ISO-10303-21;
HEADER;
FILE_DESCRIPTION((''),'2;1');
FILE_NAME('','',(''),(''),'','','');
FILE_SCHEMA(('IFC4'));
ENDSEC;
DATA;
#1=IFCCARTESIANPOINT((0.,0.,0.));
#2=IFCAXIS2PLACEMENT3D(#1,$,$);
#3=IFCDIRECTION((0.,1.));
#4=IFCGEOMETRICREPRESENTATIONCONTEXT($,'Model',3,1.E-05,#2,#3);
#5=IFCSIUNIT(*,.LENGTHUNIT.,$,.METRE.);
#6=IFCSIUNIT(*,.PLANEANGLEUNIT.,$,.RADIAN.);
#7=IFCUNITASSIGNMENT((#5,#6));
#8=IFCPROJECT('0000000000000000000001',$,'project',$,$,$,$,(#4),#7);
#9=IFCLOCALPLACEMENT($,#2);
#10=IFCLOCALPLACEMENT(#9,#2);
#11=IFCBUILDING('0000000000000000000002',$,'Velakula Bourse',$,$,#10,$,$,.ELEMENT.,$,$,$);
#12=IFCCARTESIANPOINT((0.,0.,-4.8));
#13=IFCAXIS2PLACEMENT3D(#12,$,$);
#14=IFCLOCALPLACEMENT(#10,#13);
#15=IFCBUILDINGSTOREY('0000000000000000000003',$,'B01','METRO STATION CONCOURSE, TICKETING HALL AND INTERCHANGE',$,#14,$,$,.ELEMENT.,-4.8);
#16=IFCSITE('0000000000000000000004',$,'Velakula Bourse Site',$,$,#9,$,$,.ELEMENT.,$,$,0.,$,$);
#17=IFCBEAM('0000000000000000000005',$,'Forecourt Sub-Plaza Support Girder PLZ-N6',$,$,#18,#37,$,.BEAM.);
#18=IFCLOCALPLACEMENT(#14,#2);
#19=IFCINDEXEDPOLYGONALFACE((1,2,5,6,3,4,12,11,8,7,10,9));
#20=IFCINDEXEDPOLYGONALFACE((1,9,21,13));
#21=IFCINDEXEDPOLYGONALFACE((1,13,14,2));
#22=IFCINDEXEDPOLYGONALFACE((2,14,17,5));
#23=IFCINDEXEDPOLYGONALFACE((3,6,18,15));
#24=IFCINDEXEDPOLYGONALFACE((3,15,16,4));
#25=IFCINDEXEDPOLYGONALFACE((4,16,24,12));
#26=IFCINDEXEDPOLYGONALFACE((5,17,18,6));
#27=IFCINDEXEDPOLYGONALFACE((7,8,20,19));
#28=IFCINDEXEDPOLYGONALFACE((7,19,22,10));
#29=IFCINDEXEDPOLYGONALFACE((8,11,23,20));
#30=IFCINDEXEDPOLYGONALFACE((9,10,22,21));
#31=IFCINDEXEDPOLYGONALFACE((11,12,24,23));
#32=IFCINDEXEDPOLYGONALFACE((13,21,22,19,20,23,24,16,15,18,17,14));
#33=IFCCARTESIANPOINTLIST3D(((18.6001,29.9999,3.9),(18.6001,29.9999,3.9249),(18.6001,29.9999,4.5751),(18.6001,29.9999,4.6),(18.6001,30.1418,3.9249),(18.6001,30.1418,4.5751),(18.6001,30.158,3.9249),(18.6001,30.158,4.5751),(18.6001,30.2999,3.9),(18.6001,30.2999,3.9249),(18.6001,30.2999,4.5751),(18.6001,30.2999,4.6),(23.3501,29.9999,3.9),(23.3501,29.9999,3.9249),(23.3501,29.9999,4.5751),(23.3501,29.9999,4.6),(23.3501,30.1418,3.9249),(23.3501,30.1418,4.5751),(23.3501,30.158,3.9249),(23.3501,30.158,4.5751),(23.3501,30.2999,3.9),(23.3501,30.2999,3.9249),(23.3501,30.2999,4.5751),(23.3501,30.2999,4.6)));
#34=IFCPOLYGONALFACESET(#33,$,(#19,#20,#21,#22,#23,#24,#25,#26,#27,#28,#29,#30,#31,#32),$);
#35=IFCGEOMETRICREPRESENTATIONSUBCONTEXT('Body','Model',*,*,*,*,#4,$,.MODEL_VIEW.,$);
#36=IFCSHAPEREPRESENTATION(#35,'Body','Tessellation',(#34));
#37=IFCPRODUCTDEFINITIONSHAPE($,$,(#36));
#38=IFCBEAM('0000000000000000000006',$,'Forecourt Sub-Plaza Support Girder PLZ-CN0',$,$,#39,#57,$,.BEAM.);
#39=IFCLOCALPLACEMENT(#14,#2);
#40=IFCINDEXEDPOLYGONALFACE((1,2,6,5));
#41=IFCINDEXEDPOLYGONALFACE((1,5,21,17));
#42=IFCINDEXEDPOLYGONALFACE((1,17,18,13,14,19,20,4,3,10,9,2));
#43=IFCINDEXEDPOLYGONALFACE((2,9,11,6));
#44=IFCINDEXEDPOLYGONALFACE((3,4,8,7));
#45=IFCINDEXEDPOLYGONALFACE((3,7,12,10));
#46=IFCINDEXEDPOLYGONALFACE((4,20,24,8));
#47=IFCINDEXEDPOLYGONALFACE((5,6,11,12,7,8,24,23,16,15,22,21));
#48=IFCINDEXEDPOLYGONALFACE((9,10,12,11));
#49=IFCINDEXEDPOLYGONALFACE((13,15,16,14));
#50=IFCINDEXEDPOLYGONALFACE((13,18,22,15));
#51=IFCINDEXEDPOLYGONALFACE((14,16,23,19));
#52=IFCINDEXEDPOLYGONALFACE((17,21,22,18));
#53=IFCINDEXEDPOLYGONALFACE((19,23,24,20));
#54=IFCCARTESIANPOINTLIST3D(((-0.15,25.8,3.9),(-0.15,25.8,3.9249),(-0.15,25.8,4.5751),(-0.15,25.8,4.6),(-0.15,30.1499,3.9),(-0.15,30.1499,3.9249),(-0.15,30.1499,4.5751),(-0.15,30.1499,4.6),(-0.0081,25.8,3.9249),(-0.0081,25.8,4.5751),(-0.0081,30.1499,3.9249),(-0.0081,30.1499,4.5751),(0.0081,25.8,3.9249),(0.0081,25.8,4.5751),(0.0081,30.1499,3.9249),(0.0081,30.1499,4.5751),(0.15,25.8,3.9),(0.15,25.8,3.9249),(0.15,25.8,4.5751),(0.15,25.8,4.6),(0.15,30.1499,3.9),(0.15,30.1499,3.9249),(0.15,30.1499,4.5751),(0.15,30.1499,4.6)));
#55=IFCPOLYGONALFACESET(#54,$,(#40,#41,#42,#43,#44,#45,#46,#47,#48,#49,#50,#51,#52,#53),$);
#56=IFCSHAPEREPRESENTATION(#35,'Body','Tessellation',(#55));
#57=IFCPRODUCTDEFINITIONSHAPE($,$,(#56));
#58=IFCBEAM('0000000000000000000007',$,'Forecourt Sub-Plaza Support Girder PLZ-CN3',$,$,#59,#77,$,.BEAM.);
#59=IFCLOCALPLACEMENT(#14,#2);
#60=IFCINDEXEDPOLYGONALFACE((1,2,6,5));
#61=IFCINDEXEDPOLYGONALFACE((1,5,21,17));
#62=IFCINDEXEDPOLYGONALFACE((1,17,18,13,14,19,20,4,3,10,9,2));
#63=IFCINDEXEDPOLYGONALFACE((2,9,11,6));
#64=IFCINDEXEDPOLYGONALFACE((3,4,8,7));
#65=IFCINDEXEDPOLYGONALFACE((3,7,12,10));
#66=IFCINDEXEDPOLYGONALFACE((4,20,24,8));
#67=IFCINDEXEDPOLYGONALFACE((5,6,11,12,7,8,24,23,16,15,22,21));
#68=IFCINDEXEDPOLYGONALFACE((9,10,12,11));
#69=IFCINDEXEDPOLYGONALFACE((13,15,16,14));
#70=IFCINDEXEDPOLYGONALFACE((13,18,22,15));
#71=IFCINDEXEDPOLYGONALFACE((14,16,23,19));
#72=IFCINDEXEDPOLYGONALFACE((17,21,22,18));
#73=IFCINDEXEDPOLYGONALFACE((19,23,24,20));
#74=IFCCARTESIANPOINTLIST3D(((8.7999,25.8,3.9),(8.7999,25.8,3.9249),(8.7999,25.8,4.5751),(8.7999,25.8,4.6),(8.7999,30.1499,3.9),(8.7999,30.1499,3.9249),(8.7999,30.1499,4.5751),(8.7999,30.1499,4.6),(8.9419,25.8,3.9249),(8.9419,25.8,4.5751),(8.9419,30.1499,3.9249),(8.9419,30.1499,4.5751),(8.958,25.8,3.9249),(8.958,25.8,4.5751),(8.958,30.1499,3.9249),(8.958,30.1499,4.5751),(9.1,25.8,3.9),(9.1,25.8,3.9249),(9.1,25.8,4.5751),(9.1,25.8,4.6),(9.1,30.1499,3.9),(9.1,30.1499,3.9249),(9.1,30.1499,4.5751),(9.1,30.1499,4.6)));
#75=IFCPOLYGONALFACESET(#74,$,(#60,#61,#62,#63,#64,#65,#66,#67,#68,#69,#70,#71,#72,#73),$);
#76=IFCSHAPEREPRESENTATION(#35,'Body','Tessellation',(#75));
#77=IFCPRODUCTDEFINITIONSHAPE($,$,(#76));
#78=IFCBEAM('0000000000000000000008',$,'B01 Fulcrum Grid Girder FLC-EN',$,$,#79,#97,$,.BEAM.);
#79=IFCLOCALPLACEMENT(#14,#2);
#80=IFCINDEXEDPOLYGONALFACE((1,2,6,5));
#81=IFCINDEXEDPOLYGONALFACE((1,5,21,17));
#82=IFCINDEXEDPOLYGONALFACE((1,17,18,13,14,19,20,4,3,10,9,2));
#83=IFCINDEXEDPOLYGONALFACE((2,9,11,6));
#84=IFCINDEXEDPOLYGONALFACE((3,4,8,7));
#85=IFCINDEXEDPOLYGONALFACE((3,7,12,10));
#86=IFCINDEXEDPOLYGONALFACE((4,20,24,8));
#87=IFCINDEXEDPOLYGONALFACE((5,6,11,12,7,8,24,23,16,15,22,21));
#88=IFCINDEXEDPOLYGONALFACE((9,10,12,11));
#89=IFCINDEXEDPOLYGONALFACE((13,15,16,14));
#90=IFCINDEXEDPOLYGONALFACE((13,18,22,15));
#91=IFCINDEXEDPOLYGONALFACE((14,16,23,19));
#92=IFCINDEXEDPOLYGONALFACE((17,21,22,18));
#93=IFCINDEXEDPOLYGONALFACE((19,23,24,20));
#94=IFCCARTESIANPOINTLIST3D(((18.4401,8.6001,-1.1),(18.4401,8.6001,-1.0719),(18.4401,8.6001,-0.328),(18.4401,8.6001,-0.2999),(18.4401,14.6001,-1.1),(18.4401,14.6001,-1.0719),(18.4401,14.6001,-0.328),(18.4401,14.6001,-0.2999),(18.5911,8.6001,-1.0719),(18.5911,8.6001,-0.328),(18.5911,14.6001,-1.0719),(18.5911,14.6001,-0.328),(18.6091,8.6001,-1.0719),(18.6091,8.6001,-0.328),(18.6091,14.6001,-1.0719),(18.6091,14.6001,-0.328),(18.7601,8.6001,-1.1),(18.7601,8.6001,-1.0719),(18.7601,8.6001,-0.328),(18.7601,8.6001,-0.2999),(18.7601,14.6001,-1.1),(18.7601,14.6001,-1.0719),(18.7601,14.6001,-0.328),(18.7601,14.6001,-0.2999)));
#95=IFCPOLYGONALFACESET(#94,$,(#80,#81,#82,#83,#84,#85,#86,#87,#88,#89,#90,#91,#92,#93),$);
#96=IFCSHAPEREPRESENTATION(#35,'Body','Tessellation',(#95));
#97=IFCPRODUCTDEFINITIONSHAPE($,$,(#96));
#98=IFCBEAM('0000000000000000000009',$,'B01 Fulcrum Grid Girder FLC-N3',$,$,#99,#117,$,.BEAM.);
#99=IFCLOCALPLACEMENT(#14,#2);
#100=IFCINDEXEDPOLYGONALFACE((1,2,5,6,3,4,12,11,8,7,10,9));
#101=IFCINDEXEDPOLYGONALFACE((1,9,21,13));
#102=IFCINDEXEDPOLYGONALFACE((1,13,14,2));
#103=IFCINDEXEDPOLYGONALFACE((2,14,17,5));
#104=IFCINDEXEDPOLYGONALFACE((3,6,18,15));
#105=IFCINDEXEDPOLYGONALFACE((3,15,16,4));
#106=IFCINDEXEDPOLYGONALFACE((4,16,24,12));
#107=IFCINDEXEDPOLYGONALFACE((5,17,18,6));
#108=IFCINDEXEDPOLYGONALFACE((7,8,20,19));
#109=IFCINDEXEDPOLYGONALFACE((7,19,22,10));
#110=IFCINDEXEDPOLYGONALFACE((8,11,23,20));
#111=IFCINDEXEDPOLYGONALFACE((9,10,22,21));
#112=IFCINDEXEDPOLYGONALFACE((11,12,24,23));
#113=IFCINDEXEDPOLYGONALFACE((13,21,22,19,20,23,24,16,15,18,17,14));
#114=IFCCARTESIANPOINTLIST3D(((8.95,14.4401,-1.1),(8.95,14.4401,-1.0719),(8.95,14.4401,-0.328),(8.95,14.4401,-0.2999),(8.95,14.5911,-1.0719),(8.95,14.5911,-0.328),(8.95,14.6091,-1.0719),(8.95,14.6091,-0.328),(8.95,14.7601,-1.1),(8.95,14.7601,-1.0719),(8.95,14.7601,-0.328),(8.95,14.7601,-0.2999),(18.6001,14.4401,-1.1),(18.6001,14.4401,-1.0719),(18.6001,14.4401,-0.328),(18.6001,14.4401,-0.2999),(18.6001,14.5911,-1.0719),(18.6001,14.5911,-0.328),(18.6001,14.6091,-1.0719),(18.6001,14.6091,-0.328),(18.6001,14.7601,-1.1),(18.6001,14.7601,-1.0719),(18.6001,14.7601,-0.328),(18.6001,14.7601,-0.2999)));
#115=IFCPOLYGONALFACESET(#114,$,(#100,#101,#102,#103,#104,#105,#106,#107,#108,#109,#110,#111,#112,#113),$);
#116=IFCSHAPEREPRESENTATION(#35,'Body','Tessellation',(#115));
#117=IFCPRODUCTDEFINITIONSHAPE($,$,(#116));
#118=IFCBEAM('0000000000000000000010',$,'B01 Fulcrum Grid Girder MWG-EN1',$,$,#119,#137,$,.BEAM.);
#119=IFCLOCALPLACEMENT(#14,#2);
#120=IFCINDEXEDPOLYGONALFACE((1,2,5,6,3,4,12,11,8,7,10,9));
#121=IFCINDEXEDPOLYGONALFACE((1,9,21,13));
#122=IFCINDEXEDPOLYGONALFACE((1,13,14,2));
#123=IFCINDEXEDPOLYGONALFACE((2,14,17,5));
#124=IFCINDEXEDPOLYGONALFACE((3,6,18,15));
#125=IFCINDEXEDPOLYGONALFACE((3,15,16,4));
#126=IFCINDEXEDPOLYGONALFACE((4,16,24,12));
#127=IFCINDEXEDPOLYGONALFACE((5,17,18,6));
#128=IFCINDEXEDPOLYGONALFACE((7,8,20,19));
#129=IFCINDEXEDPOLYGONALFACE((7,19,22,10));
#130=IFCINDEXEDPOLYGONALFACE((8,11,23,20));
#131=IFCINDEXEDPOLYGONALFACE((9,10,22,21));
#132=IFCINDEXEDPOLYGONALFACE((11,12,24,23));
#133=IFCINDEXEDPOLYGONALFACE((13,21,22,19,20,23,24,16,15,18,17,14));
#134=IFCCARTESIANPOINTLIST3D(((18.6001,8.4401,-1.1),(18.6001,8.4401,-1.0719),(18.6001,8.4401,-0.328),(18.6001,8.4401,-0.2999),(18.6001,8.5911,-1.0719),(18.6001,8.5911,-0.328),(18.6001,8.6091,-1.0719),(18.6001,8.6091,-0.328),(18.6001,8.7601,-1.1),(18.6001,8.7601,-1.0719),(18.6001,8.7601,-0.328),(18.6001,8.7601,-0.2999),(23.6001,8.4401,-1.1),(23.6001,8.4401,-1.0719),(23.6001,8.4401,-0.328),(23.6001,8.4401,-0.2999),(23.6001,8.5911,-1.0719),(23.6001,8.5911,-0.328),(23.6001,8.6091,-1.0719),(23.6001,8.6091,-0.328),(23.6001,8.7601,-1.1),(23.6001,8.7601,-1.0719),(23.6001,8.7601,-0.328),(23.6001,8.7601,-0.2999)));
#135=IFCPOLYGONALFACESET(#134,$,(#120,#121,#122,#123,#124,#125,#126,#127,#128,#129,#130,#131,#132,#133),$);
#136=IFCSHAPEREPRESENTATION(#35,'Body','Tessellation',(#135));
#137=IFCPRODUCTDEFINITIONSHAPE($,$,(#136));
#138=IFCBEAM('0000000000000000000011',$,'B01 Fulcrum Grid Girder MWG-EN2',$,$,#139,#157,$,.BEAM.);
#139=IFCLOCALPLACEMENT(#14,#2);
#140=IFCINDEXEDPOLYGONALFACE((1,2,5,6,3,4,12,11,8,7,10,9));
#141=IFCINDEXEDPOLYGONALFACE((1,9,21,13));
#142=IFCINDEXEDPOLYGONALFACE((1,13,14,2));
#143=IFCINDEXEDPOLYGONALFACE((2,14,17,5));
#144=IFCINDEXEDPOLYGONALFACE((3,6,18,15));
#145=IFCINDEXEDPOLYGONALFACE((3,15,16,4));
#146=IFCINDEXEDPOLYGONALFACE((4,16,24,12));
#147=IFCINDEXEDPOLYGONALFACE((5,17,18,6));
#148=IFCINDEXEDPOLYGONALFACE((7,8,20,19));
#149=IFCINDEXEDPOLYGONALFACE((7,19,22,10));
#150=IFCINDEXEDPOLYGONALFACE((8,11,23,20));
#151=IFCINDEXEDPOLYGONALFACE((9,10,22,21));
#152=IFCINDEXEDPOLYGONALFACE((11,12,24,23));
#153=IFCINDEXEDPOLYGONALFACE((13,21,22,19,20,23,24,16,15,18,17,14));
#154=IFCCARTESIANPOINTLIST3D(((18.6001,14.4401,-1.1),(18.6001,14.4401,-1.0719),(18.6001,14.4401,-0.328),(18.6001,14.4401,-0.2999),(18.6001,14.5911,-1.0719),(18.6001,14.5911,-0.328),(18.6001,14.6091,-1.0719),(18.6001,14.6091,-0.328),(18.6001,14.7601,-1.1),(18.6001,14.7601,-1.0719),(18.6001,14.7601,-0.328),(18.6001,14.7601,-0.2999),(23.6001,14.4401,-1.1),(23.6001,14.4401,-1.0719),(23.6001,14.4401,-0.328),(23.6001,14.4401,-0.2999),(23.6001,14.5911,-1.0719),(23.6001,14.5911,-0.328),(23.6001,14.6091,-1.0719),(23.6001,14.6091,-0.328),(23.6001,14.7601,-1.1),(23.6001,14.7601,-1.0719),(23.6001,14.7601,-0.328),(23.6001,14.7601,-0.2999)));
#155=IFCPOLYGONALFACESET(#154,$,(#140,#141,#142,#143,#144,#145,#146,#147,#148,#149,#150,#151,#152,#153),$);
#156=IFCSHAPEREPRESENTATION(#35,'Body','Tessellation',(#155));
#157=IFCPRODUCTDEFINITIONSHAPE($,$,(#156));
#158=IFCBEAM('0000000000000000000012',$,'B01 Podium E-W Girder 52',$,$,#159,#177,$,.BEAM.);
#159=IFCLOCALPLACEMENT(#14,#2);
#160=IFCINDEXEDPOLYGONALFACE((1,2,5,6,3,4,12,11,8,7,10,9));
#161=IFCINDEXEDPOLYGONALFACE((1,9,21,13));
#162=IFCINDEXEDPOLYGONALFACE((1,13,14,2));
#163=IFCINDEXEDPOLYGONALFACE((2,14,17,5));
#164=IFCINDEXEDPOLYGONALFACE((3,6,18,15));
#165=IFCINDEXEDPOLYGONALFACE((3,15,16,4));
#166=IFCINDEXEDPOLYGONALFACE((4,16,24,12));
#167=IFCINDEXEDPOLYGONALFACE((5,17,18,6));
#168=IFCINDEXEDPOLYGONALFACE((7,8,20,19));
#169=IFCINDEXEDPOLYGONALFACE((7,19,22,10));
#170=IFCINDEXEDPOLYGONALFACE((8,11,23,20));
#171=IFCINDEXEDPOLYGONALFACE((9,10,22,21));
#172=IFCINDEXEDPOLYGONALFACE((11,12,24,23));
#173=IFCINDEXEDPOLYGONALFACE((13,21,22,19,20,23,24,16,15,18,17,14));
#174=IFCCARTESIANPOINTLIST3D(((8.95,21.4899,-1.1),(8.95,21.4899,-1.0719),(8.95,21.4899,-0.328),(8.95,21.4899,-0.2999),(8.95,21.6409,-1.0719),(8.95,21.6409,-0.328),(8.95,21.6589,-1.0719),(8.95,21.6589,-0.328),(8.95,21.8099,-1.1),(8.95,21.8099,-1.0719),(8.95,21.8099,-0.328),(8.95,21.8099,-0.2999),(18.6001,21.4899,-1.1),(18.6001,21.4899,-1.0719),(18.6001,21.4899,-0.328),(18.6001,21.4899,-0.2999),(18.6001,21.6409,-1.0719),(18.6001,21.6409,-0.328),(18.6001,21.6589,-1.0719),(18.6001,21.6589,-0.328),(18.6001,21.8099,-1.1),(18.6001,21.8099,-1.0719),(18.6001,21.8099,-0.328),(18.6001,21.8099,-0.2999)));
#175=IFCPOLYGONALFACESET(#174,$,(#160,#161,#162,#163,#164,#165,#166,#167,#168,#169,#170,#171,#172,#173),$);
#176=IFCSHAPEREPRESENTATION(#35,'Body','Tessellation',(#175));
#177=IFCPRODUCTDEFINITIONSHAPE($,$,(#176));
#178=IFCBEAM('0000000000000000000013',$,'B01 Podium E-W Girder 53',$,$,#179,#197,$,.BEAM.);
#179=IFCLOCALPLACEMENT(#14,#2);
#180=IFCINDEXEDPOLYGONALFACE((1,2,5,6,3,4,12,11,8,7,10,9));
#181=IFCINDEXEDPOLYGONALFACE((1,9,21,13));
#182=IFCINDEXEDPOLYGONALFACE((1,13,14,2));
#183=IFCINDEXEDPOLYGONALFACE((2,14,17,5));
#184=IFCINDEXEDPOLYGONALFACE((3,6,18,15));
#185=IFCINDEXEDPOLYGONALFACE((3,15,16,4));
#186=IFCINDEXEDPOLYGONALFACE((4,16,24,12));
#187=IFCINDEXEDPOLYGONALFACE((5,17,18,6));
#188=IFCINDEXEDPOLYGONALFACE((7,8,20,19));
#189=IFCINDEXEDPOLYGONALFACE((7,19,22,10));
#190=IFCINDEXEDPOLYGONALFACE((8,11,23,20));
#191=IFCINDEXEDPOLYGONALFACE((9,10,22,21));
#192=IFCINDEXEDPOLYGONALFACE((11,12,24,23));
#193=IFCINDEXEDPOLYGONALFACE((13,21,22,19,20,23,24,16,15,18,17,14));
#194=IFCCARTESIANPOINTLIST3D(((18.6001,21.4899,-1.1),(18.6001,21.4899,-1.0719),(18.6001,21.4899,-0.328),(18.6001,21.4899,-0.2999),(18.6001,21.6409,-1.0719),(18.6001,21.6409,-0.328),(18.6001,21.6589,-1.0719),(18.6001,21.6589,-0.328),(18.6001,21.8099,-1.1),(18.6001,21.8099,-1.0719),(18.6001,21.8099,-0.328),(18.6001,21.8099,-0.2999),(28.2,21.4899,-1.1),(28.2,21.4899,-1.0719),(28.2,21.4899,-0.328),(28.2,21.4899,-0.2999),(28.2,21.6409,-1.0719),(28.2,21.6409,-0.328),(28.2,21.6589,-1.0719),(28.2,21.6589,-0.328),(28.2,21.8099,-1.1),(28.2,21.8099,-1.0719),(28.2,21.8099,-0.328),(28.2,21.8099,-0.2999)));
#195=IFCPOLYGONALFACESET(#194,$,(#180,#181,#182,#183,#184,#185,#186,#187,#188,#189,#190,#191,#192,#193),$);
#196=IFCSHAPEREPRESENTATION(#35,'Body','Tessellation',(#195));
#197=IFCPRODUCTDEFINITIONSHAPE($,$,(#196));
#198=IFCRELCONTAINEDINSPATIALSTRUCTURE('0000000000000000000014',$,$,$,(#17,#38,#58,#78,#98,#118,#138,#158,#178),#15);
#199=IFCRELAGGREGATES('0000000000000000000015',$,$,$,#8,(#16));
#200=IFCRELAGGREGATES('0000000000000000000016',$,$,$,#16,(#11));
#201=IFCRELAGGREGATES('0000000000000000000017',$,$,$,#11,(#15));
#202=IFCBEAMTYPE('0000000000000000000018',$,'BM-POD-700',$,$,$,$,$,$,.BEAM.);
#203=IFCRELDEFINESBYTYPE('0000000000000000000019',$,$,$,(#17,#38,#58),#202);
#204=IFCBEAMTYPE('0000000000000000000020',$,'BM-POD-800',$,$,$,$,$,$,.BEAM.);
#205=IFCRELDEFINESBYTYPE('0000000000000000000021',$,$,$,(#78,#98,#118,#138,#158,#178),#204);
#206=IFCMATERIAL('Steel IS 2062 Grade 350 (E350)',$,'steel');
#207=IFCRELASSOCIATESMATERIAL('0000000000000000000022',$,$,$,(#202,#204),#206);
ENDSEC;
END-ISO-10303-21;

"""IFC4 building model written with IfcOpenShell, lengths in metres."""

from ifc_helpers import new_model, si_unit, direction, frame, origin, origin_2d, place, context, subcontext, project, spatial, i_section, extrude, material, material_profile, profile_set, type_object, element, save


model = new_model("IFC4")

# Units and contexts
model_context = context("Model", 3, precision=1e-05, world=origin(), true_north=direction((0.0, 1.0)))
body_context = subcontext(model_context, "Body", "Model", "MODEL_VIEW")
ifc_project = project(units=[si_unit("LENGTHUNIT", "METRE"), si_unit("PLANEANGLEUNIT", "RADIAN")], contexts=[model_context])

# Site, building, storey
site_placement = place(None, origin())
site = spatial("IfcSite", under=ifc_project, at=site_placement, Name="Velakula Bourse Site", CompositionType="ELEMENT", RefElevation=0.0)
building_placement = place(site_placement, origin())
building = spatial("IfcBuilding", under=site, at=building_placement, Name="Velakula Bourse", CompositionType="ELEMENT")
storey_placement = place(building_placement, frame((0.0, 0.0, -4.8)))
storey = spatial("IfcBuildingStorey", under=building, at=storey_placement, Name="B01", Description="METRO STATION CONCOURSE, TICKETING HALL AND INTERCHANGE", CompositionType="ELEMENT", Elevation=-4.8)

# Beams
ifc_material_1 = material(Name="Steel IS 2062 Grade 350 (E350)", Category="steel")
ifc_material_profile_1 = material_profile(ifc_material_1, i_section(OverallWidth=0.3, OverallDepth=0.7, WebThickness=0.0161, FlangeThickness=0.0249, at=origin_2d()), Name="Steel IS 2062 Grade 350 (E350)")
ifc_profile_set_1 = profile_set([ifc_material_profile_1], Name="Steel IS 2062 Grade 350 (E350)")
beam_type_1 = type_object("IfcBeamType", Name="BM-POD-700", PredefinedType="BEAM", material=ifc_profile_set_1)
beam_1_placement = place(storey_placement, frame((18.6001, 30.1499, 4.25), z_axis=(1.0, 0.0, 0.0), x_axis=(0.0, 1.0, 0.0)))
element("IfcBeam", 1, at=beam_1_placement, inside=storey, type_object=beam_type_1, Name="Forecourt Sub-Plaza Support Girder PLZ-N6", PredefinedType="BEAM", context=body_context, shape_type="SweptSolid", body=[
    extrude(i_section(OverallWidth=0.3, OverallDepth=0.7, WebThickness=0.0161, FlangeThickness=0.0249, at=origin_2d()), origin(), (0.0, 0.0, 1.0), 4.75),
])
for number, where, z_axis, x_axis, name in (
    (2, (0.0, 25.8, 4.25), (0.0, 1.0, 0.0), (-1.0, 0.0, 0.0), "Forecourt Sub-Plaza Support Girder PLZ-CN0"),
    (3, (8.95, 25.8, 4.25), (0.0, 1.0, 0.0), (-1.0, 0.0, 0.0), "Forecourt Sub-Plaza Support Girder PLZ-CN3"),
):
    element("IfcBeam", number, at=place(storey_placement, frame(where, z_axis=z_axis, x_axis=x_axis)), inside=storey, type_object=beam_type_1, Name=name, PredefinedType="BEAM", context=body_context, shape_type="SweptSolid", body=[
        extrude(i_section(OverallWidth=0.3, OverallDepth=0.7, WebThickness=0.0161, FlangeThickness=0.0249, at=origin_2d()), origin(), (0.0, 0.0, 1.0), 4.3499),
    ])
ifc_material_profile_2 = material_profile(ifc_material_1, i_section(OverallWidth=0.3201, OverallDepth=0.8, WebThickness=0.0181, FlangeThickness=0.0281, at=origin_2d()), Name="Steel IS 2062 Grade 350 (E350)")
ifc_profile_set_2 = profile_set([ifc_material_profile_2], Name="Steel IS 2062 Grade 350 (E350)")
beam_type_2 = type_object("IfcBeamType", Name="BM-POD-800", PredefinedType="BEAM", material=ifc_profile_set_2)
beam_2_placement = place(storey_placement, frame((18.6001, 8.6001, -0.7), z_axis=(0.0, 1.0, 0.0), x_axis=(-1.0, 0.0, 0.0)))
element("IfcBeam", 4, at=beam_2_placement, inside=storey, type_object=beam_type_2, Name="B01 Fulcrum Grid Girder FLC-EN", PredefinedType="BEAM", context=body_context, shape_type="SweptSolid", body=[
    extrude(i_section(OverallWidth=0.3201, OverallDepth=0.8, WebThickness=0.0181, FlangeThickness=0.0281, at=origin_2d()), origin(), (0.0, 0.0, 1.0), 6.0),
])
beam_3_placement = place(storey_placement, frame((8.95, 14.6001, -0.7), z_axis=(1.0, 0.0, 0.0), x_axis=(0.0, 1.0, 0.0)))
element("IfcBeam", 5, at=beam_3_placement, inside=storey, type_object=beam_type_2, Name="B01 Fulcrum Grid Girder FLC-N3", PredefinedType="BEAM", context=body_context, shape_type="SweptSolid", body=[
    extrude(i_section(OverallWidth=0.3201, OverallDepth=0.8, WebThickness=0.0181, FlangeThickness=0.0281, at=origin_2d()), origin(), (0.0, 0.0, 1.0), 9.6501),
])
for number, where, z_axis, x_axis, name in (
    (6, (18.6001, 8.6001, -0.7), (1.0, 0.0, 0.0), (0.0, 1.0, 0.0), "B01 Fulcrum Grid Girder MWG-EN1"),
    (7, (18.6001, 14.6001, -0.7), (1.0, 0.0, 0.0), (0.0, 1.0, 0.0), "B01 Fulcrum Grid Girder MWG-EN2"),
):
    element("IfcBeam", number, at=place(storey_placement, frame(where, z_axis=z_axis, x_axis=x_axis)), inside=storey, type_object=beam_type_2, Name=name, PredefinedType="BEAM", context=body_context, shape_type="SweptSolid", body=[
        extrude(i_section(OverallWidth=0.3201, OverallDepth=0.8, WebThickness=0.0181, FlangeThickness=0.0281, at=origin_2d()), origin(), (0.0, 0.0, 1.0), 5.0),
    ])
beam_4_placement = place(storey_placement, frame((8.95, 21.6499, -0.7), z_axis=(1.0, 0.0, 0.0), x_axis=(0.0, 1.0, 0.0)))
element("IfcBeam", 8, at=beam_4_placement, inside=storey, type_object=beam_type_2, Name="B01 Podium E-W Girder 52", PredefinedType="BEAM", context=body_context, shape_type="SweptSolid", body=[
    extrude(i_section(OverallWidth=0.3201, OverallDepth=0.8, WebThickness=0.0181, FlangeThickness=0.0281, at=origin_2d()), origin(), (0.0, 0.0, 1.0), 9.6501),
])
beam_5_placement = place(storey_placement, frame((18.6001, 21.6499, -0.7), z_axis=(1.0, 0.0, 0.0), x_axis=(0.0, 1.0, 0.0)))
element("IfcBeam", 9, at=beam_5_placement, inside=storey, type_object=beam_type_2, Name="B01 Podium E-W Girder 53", PredefinedType="BEAM", context=body_context, shape_type="SweptSolid", body=[
    extrude(i_section(OverallWidth=0.3201, OverallDepth=0.8, WebThickness=0.0181, FlangeThickness=0.0281, at=origin_2d()), origin(), (0.0, 0.0, 1.0), 9.5999),
])

save(model, "model.ifc")
